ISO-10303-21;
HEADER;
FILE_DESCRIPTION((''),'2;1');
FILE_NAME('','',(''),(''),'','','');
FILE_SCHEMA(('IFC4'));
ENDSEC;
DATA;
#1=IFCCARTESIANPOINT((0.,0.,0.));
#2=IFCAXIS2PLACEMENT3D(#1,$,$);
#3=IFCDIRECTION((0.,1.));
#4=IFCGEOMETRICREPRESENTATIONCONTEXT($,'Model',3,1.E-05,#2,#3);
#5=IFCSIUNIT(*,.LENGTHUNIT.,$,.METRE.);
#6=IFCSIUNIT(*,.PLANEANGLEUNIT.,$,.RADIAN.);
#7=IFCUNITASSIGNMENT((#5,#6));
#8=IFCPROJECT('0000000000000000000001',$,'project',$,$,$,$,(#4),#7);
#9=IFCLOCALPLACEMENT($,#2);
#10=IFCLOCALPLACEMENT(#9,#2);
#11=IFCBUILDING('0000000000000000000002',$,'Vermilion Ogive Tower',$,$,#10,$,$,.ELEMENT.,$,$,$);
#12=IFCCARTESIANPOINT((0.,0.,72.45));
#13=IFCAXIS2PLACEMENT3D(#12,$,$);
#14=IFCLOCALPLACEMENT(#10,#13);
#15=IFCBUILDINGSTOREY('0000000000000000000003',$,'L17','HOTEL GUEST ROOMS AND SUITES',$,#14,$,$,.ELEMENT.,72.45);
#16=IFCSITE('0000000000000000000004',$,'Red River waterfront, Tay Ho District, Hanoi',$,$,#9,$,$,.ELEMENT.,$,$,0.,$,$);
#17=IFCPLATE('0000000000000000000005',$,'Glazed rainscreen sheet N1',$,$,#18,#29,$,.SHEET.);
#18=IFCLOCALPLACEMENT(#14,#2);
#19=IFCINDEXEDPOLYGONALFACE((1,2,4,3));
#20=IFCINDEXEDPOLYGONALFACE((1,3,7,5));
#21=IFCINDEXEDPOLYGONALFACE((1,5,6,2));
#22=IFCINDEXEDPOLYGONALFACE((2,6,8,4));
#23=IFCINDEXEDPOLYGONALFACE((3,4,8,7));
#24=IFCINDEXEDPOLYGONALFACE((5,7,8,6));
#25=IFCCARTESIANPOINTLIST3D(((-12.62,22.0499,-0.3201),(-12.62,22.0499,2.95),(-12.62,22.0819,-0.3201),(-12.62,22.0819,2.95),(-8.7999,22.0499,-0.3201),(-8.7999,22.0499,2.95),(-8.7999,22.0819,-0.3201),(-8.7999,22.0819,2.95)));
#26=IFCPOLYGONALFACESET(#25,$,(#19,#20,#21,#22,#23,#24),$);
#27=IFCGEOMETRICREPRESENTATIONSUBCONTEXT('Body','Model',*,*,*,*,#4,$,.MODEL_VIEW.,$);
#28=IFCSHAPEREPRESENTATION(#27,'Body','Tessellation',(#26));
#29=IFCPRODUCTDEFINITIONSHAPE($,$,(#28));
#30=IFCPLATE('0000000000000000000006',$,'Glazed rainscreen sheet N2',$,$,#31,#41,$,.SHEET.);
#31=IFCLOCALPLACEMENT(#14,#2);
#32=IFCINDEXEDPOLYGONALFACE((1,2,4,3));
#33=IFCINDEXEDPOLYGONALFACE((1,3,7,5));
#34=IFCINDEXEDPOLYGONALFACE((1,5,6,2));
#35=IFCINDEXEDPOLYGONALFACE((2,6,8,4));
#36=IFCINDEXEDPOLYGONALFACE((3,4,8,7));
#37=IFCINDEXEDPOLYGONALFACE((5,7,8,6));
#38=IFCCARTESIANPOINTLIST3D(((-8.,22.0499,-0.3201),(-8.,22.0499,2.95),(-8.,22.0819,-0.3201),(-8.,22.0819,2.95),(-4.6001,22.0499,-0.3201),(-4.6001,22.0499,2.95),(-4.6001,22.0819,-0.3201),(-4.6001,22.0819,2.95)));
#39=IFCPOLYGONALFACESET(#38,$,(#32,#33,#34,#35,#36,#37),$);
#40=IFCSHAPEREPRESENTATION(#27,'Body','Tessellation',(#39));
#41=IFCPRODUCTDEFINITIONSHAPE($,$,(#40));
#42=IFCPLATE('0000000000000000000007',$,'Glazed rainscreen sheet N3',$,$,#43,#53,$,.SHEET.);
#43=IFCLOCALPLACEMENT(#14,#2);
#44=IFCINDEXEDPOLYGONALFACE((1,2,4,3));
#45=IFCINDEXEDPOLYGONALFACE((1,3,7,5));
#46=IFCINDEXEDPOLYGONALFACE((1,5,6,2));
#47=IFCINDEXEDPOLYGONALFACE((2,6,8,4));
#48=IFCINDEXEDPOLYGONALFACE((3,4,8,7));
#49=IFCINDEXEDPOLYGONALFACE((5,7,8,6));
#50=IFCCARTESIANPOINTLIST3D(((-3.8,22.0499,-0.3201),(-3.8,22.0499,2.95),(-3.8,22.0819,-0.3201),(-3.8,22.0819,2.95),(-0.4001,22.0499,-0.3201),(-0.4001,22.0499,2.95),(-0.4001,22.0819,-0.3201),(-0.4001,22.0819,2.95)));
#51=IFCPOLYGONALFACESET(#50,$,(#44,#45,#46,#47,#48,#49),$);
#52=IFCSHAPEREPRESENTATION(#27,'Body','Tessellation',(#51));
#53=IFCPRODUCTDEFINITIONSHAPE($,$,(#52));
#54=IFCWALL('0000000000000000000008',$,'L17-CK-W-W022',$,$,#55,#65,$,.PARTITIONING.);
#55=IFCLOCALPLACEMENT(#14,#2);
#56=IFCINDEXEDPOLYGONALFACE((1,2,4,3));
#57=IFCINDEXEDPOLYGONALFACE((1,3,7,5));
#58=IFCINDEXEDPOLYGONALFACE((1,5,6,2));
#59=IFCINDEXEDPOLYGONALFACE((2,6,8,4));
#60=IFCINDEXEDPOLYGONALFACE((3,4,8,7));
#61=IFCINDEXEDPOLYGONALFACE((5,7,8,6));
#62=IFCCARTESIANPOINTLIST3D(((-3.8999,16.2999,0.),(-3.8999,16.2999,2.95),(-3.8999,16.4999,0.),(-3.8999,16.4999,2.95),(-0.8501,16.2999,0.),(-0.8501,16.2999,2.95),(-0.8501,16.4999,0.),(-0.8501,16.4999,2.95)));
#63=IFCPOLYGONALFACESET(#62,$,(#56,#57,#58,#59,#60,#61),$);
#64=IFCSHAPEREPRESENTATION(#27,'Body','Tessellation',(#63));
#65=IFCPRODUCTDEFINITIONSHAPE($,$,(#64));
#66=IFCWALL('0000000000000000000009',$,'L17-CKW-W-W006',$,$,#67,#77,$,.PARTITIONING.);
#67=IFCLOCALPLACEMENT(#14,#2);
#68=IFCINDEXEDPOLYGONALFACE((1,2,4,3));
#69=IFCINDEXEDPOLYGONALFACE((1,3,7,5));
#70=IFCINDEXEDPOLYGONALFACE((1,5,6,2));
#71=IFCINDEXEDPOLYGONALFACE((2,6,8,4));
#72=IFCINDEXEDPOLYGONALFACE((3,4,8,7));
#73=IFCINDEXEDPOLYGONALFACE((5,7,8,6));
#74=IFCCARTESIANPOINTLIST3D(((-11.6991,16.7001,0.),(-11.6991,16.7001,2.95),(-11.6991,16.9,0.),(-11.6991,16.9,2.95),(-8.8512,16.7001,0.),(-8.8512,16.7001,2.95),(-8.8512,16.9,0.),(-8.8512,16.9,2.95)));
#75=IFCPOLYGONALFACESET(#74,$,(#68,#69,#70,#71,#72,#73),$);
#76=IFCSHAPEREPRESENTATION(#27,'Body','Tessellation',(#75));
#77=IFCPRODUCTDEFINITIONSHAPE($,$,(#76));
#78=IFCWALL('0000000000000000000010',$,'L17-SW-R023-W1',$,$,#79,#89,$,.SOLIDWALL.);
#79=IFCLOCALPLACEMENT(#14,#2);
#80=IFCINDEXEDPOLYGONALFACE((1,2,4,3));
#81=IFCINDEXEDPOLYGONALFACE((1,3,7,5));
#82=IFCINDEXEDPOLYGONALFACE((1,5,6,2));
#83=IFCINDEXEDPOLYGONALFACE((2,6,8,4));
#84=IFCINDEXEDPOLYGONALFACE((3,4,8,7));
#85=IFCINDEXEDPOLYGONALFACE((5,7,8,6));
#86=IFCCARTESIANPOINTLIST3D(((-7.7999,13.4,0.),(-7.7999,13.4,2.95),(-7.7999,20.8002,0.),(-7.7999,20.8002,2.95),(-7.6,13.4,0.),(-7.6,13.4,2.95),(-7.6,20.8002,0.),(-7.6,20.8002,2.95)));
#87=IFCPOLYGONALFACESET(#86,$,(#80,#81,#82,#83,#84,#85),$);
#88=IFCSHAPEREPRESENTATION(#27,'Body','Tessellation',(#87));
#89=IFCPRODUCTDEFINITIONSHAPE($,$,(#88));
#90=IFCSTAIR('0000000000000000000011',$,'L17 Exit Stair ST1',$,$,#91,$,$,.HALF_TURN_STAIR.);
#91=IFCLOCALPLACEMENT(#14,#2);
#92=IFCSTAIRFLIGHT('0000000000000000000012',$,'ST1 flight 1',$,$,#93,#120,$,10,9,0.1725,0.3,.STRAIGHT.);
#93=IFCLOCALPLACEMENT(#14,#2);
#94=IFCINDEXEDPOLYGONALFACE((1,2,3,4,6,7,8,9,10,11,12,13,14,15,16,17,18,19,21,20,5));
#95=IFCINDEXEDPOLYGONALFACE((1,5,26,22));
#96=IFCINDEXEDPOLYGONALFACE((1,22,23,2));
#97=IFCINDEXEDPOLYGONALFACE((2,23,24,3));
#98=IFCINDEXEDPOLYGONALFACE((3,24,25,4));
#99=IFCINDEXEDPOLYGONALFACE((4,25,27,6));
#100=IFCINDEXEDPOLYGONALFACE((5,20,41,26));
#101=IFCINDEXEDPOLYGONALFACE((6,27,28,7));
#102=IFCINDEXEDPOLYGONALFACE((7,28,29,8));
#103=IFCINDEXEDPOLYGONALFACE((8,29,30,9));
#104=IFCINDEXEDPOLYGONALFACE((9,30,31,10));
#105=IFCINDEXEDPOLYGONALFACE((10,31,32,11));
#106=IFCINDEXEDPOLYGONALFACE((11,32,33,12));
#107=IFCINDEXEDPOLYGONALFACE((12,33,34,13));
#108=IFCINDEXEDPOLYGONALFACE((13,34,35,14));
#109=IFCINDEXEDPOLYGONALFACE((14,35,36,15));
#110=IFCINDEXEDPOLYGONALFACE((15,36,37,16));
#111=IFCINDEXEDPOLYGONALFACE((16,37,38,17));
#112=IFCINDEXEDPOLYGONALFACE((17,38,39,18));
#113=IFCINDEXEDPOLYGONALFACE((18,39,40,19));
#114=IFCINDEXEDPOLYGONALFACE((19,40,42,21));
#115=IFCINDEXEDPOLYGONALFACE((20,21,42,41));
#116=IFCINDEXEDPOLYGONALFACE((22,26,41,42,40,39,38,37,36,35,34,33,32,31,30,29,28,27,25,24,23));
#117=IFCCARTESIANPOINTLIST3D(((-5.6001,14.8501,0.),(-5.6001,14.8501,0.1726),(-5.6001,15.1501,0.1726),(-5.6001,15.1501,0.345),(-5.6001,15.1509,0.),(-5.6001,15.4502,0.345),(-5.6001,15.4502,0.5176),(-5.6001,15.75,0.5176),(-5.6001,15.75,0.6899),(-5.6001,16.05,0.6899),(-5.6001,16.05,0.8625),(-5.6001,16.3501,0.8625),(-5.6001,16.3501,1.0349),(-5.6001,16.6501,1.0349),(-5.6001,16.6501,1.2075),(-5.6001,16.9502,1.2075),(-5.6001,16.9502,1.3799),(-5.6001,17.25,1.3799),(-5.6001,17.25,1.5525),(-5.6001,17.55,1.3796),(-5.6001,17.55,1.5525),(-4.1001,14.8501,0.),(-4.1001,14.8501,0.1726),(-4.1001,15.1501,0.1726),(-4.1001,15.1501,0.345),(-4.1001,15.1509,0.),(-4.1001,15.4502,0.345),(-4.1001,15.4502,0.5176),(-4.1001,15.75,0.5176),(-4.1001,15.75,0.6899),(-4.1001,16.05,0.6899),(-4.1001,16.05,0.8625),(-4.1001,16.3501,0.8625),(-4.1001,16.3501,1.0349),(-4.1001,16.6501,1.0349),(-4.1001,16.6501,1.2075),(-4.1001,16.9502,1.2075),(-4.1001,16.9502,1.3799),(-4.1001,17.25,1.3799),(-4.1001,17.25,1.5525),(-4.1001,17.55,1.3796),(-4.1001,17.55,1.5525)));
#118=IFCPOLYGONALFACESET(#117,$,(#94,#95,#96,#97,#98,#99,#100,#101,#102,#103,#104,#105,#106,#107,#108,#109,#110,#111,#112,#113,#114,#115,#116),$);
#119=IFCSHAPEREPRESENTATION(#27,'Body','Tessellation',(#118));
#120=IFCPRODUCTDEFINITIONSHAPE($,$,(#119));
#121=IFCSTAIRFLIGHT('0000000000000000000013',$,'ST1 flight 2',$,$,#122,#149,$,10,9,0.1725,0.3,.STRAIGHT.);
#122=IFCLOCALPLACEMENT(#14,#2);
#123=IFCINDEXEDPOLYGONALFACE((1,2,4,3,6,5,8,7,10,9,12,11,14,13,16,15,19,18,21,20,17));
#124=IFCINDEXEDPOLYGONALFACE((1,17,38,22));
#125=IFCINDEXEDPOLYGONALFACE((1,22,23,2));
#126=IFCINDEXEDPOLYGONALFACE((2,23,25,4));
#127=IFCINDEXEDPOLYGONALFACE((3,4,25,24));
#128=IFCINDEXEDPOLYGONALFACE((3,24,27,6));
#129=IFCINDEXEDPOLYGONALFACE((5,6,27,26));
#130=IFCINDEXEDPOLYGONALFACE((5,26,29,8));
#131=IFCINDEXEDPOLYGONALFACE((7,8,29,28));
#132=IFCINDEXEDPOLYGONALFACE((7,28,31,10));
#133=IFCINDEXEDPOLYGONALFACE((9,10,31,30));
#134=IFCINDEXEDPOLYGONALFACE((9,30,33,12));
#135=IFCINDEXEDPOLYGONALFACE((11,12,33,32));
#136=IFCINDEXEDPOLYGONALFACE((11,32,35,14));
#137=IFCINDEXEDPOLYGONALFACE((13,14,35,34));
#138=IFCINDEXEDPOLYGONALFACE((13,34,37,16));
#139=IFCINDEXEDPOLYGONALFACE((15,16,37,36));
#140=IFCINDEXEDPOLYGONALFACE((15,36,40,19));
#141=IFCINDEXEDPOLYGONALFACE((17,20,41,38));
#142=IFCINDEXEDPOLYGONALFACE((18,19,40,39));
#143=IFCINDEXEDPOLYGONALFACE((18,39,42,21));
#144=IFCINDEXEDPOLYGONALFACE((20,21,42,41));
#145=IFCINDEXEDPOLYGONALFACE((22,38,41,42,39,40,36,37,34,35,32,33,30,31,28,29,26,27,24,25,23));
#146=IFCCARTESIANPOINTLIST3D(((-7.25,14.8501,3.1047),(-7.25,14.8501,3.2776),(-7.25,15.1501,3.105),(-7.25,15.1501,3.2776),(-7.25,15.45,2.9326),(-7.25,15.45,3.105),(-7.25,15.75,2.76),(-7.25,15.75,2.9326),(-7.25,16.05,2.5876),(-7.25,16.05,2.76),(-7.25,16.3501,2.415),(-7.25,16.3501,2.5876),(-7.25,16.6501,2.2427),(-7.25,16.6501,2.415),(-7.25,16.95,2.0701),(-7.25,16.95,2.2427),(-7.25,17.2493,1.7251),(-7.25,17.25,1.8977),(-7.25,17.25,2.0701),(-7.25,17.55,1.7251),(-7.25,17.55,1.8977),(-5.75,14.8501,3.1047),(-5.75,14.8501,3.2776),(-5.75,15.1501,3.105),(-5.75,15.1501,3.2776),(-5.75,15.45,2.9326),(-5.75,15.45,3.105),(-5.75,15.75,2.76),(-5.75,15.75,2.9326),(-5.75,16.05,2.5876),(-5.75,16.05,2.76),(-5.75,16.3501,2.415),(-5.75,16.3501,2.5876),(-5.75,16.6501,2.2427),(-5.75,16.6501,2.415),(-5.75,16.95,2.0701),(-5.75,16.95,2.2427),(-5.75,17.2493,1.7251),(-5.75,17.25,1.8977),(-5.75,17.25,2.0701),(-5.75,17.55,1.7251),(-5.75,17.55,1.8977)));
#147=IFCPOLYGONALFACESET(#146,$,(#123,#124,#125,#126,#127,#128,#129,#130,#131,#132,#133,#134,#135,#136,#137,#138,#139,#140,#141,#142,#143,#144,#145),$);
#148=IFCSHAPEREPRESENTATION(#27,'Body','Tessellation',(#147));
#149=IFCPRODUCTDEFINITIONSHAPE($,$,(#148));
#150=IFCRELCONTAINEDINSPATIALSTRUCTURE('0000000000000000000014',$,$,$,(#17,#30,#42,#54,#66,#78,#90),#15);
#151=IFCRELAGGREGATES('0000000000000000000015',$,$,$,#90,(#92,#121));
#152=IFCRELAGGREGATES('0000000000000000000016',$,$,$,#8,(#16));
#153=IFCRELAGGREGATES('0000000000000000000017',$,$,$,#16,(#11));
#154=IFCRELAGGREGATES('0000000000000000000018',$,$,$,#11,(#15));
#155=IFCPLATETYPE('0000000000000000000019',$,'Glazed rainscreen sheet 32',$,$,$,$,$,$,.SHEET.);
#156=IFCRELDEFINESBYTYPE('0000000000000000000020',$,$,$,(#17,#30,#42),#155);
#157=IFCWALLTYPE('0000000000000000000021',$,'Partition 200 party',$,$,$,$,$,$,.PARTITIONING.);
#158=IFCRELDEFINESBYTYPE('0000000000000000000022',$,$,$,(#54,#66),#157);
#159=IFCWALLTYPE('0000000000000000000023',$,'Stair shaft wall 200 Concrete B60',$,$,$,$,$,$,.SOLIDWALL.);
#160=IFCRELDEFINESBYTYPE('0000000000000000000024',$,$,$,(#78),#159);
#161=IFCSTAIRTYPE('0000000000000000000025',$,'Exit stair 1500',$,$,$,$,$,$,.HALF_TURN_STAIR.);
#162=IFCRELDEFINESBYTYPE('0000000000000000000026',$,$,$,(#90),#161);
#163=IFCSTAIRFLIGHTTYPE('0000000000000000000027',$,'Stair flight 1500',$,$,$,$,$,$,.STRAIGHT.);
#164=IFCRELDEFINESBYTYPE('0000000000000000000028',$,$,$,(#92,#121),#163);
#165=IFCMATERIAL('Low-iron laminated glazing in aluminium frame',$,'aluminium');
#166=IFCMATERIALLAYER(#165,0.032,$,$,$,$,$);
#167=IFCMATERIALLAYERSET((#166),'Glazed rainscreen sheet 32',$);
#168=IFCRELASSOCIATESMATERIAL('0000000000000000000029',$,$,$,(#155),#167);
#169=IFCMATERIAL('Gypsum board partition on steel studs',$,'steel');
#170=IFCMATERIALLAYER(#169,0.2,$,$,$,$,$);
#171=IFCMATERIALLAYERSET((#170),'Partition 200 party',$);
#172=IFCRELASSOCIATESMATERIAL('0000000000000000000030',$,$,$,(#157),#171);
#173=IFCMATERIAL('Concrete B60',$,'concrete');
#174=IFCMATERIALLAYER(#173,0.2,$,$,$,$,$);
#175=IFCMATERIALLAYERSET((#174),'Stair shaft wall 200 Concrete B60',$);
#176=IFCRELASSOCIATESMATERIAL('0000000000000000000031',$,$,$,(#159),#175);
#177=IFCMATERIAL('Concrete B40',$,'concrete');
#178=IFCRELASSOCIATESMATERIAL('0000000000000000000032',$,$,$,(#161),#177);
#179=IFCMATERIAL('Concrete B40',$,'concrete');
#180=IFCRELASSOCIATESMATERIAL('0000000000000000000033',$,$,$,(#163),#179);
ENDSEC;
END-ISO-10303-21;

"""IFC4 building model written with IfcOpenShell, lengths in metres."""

from ifc_helpers import new_model, si_unit, direction, frame, frame_2d, origin, origin_2d, place, context, subcontext, project, spatial, polyline, rectangle, outline, extrude, material, layer, layer_set, type_object, element, aggregate, save


model = new_model("IFC4")

# Units and contexts
model_context = context("Model", 3, precision=1e-05, world=origin(), true_north=direction((0.0, 1.0)))
body_context = subcontext(model_context, "Body", "Model", "MODEL_VIEW")
ifc_project = project(units=[si_unit("LENGTHUNIT", "METRE"), si_unit("PLANEANGLEUNIT", "RADIAN")], contexts=[model_context])

# Site, building, storey
site_placement = place(None, origin())
site = spatial("IfcSite", under=ifc_project, at=site_placement, Name="Red River waterfront, Tay Ho District, Hanoi", CompositionType="ELEMENT", RefElevation=0.0)
building_placement = place(site_placement, origin())
building = spatial("IfcBuilding", under=site, at=building_placement, Name="Vermilion Ogive Tower", CompositionType="ELEMENT")
storey_placement = place(building_placement, frame((0.0, 0.0, 72.45)))
storey = spatial("IfcBuildingStorey", under=building, at=storey_placement, Name="L17", Description="HOTEL GUEST ROOMS AND SUITES", CompositionType="ELEMENT", Elevation=72.45)

# Plates
ifc_material_1 = material(Name="Low-iron laminated glazing in aluminium frame", Category="aluminium")
ifc_layer_1 = layer(ifc_material_1, 0.032)
ifc_layer_set_1 = layer_set([ifc_layer_1], Name="Glazed rainscreen sheet 32")
plate_type = type_object("IfcPlateType", Name="Glazed rainscreen sheet 32", PredefinedType="SHEET", material=ifc_layer_set_1)
plate_placement = place(storey_placement, frame((-10.71, 22.0659, -0.3201), z_axis=(0.0, 0.0, 1.0), x_axis=(1.0, 0.0, 0.0)))
element("IfcPlate", 1, at=plate_placement, inside=storey, type_object=plate_type, Name="Glazed rainscreen sheet N1", PredefinedType="SHEET", context=body_context, shape_type="SweptSolid", body=[
    extrude(rectangle(XDim=3.8201, YDim=0.032, at=origin_2d()), origin(), (0.0, 0.0, 1.0), 3.27),
])
for number, where, z_axis, x_axis, name in (
    (2, (-6.3, 22.0659, -0.3201), (0.0, 0.0, 1.0), (1.0, 0.0, 0.0), "Glazed rainscreen sheet N2"),
    (3, (-2.1001, 22.0659, -0.3201), (0.0, 0.0, 1.0), (1.0, 0.0, 0.0), "Glazed rainscreen sheet N3"),
):
    element("IfcPlate", number, at=place(storey_placement, frame(where, z_axis=z_axis, x_axis=x_axis)), inside=storey, type_object=plate_type, Name=name, PredefinedType="SHEET", context=body_context, shape_type="SweptSolid", body=[
        extrude(rectangle(XDim=3.3999, YDim=0.032, at=origin_2d()), origin(), (0.0, 0.0, 1.0), 3.27),
    ])

# Walls
ifc_material_2 = material(Name="Gypsum board partition on steel studs", Category="steel")
ifc_layer_2 = layer(ifc_material_2, 0.2)
ifc_layer_set_2 = layer_set([ifc_layer_2], Name="Partition 200 party")
wall_type_1 = type_object("IfcWallType", Name="Partition 200 party", PredefinedType="PARTITIONING", material=ifc_layer_set_2)
wall_1_placement = place(storey_placement, frame((-3.8999, 16.3999, 0.0), z_axis=(0.0, 0.0, 1.0), x_axis=(1.0, 0.0, 0.0)))
element("IfcWall", 4, at=wall_1_placement, inside=storey, type_object=wall_type_1, Name="L17-CK-W-W022", PredefinedType="PARTITIONING", context=body_context, shape_type="SweptSolid", body=[
    extrude(rectangle(XDim=3.0498, YDim=0.2, at=frame_2d((1.5249, 0.0))), origin(), (0.0, 0.0, 1.0), 2.95),
])
wall_2_placement = place(storey_placement, frame((-11.699, 16.8, 0.0), z_axis=(0.0, 0.0, 1.0), x_axis=(1.0, 0.0, 0.0)))
element("IfcWall", 5, at=wall_2_placement, inside=storey, type_object=wall_type_1, Name="L17-CKW-W-W006", PredefinedType="PARTITIONING", context=body_context, shape_type="SweptSolid", body=[
    extrude(rectangle(XDim=2.8479, YDim=0.2, at=frame_2d((1.4238, 0.0))), origin(), (0.0, 0.0, 1.0), 2.95),
])
ifc_material_3 = material(Name="Concrete B60", Category="concrete")
ifc_layer_3 = layer(ifc_material_3, 0.2)
ifc_layer_set_3 = layer_set([ifc_layer_3], Name="Stair shaft wall 200 Concrete B60")
wall_type_2 = type_object("IfcWallType", Name="Stair shaft wall 200 Concrete B60", PredefinedType="SOLIDWALL", material=ifc_layer_set_3)
wall_3_placement = place(storey_placement, frame((-7.7, 13.3999, 0.0), z_axis=(0.0, 0.0, 1.0), x_axis=(0.0, 1.0, 0.0)))
element("IfcWall", 6, at=wall_3_placement, inside=storey, type_object=wall_type_2, Name="L17-SW-R023-W1", PredefinedType="SOLIDWALL", context=body_context, shape_type="SweptSolid", body=[
    extrude(rectangle(XDim=7.4001, YDim=0.2, at=frame_2d((3.7002, 0.0))), origin(), (0.0, 0.0, 1.0), 2.95),
])

# Stair, stair flights
ifc_material_4 = material(Name="Concrete B40", Category="concrete")
stair_type = type_object("IfcStairType", Name="Exit stair 1500", PredefinedType="HALF_TURN_STAIR", material=ifc_material_4)
stair_placement = place(storey_placement, origin())
stair = element("IfcStair", 7, at=stair_placement, inside=storey, type_object=stair_type, Name="L17 Exit Stair ST1", PredefinedType="HALF_TURN_STAIR")
ifc_material_5 = material(Name="Concrete B40", Category="concrete")
stair_flight_type = type_object("IfcStairFlightType", Name="Stair flight 1500", PredefinedType="STRAIGHT", material=ifc_material_5)
stair_flight_1_placement = place(storey_placement, frame((-4.8501, 14.8501, 0.0), z_axis=(0.0, 0.0, 1.0), x_axis=(0.0, 1.0, 0.0)))
stair_flight_1 = element("IfcStairFlight", 8, at=stair_flight_1_placement, type_object=stair_flight_type, Name="ST1 flight 1", NumberOfRisers=10, NumberOfTreads=9, PredefinedType="STRAIGHT", RiserHeight=0.1725, TreadLength=0.3, context=body_context, shape_type="SweptSolid", body=[
    extrude(outline(polyline([(0.0, 0.0), (0.0, 0.1726), (0.3, 0.1726), (0.3, 0.345), (0.6001, 0.345), (0.6001, 0.5176), (0.8999, 0.5176), (0.8999, 0.6899), (1.2, 0.6899), (1.2, 0.8625), (1.5, 0.8625), (1.5, 1.0349), (1.8, 1.0349), (1.8, 1.2075), (2.1001, 1.2075), (2.1001, 1.3799), (2.3999, 1.3799), (2.3999, 1.5525), (2.7, 1.5525), (2.7, 1.7251), (2.7, 1.3796), (0.3008, 0.0), (0.0, 0.0)])), frame((0.0, 0.75, 0.0), z_axis=(0.0, -1.0, 0.0), x_axis=(1.0, 0.0, 0.0)), (0.0, 0.0, 1.0), 1.5),
])
stair_flight_2_placement = place(storey_placement, frame((-6.5, 17.55, 1.7251), z_axis=(0.0, 0.0, 1.0), x_axis=(0.0, -1.0, 0.0)))
stair_flight_2 = element("IfcStairFlight", 9, at=stair_flight_2_placement, type_object=stair_flight_type, Name="ST1 flight 2", NumberOfRisers=10, NumberOfTreads=9, PredefinedType="STRAIGHT", RiserHeight=0.1725, TreadLength=0.3, context=body_context, shape_type="SweptSolid", body=[
    extrude(outline(polyline([(0.0, 0.0), (0.0, 0.1726), (0.3, 0.1726), (0.3, 0.345), (0.6001, 0.345), (0.6001, 0.5176), (0.8999, 0.5176), (0.8999, 0.6899), (1.2, 0.6899), (1.2, 0.8625), (1.5, 0.8625), (1.5, 1.0349), (1.8, 1.0349), (1.8, 1.2075), (2.1001, 1.2075), (2.1001, 1.3799), (2.3999, 1.3799), (2.3999, 1.5525), (2.7, 1.5525), (2.7, 1.7251), (2.7, 1.3796), (0.3008, 0.0), (0.0, 0.0)])), frame((0.0, 0.75, 0.0), z_axis=(0.0, -1.0, 0.0), x_axis=(1.0, 0.0, 0.0)), (0.0, 0.0, 1.0), 1.5),
])
aggregate(stair, [stair_flight_1, stair_flight_2])

save(model, "model.ifc")
